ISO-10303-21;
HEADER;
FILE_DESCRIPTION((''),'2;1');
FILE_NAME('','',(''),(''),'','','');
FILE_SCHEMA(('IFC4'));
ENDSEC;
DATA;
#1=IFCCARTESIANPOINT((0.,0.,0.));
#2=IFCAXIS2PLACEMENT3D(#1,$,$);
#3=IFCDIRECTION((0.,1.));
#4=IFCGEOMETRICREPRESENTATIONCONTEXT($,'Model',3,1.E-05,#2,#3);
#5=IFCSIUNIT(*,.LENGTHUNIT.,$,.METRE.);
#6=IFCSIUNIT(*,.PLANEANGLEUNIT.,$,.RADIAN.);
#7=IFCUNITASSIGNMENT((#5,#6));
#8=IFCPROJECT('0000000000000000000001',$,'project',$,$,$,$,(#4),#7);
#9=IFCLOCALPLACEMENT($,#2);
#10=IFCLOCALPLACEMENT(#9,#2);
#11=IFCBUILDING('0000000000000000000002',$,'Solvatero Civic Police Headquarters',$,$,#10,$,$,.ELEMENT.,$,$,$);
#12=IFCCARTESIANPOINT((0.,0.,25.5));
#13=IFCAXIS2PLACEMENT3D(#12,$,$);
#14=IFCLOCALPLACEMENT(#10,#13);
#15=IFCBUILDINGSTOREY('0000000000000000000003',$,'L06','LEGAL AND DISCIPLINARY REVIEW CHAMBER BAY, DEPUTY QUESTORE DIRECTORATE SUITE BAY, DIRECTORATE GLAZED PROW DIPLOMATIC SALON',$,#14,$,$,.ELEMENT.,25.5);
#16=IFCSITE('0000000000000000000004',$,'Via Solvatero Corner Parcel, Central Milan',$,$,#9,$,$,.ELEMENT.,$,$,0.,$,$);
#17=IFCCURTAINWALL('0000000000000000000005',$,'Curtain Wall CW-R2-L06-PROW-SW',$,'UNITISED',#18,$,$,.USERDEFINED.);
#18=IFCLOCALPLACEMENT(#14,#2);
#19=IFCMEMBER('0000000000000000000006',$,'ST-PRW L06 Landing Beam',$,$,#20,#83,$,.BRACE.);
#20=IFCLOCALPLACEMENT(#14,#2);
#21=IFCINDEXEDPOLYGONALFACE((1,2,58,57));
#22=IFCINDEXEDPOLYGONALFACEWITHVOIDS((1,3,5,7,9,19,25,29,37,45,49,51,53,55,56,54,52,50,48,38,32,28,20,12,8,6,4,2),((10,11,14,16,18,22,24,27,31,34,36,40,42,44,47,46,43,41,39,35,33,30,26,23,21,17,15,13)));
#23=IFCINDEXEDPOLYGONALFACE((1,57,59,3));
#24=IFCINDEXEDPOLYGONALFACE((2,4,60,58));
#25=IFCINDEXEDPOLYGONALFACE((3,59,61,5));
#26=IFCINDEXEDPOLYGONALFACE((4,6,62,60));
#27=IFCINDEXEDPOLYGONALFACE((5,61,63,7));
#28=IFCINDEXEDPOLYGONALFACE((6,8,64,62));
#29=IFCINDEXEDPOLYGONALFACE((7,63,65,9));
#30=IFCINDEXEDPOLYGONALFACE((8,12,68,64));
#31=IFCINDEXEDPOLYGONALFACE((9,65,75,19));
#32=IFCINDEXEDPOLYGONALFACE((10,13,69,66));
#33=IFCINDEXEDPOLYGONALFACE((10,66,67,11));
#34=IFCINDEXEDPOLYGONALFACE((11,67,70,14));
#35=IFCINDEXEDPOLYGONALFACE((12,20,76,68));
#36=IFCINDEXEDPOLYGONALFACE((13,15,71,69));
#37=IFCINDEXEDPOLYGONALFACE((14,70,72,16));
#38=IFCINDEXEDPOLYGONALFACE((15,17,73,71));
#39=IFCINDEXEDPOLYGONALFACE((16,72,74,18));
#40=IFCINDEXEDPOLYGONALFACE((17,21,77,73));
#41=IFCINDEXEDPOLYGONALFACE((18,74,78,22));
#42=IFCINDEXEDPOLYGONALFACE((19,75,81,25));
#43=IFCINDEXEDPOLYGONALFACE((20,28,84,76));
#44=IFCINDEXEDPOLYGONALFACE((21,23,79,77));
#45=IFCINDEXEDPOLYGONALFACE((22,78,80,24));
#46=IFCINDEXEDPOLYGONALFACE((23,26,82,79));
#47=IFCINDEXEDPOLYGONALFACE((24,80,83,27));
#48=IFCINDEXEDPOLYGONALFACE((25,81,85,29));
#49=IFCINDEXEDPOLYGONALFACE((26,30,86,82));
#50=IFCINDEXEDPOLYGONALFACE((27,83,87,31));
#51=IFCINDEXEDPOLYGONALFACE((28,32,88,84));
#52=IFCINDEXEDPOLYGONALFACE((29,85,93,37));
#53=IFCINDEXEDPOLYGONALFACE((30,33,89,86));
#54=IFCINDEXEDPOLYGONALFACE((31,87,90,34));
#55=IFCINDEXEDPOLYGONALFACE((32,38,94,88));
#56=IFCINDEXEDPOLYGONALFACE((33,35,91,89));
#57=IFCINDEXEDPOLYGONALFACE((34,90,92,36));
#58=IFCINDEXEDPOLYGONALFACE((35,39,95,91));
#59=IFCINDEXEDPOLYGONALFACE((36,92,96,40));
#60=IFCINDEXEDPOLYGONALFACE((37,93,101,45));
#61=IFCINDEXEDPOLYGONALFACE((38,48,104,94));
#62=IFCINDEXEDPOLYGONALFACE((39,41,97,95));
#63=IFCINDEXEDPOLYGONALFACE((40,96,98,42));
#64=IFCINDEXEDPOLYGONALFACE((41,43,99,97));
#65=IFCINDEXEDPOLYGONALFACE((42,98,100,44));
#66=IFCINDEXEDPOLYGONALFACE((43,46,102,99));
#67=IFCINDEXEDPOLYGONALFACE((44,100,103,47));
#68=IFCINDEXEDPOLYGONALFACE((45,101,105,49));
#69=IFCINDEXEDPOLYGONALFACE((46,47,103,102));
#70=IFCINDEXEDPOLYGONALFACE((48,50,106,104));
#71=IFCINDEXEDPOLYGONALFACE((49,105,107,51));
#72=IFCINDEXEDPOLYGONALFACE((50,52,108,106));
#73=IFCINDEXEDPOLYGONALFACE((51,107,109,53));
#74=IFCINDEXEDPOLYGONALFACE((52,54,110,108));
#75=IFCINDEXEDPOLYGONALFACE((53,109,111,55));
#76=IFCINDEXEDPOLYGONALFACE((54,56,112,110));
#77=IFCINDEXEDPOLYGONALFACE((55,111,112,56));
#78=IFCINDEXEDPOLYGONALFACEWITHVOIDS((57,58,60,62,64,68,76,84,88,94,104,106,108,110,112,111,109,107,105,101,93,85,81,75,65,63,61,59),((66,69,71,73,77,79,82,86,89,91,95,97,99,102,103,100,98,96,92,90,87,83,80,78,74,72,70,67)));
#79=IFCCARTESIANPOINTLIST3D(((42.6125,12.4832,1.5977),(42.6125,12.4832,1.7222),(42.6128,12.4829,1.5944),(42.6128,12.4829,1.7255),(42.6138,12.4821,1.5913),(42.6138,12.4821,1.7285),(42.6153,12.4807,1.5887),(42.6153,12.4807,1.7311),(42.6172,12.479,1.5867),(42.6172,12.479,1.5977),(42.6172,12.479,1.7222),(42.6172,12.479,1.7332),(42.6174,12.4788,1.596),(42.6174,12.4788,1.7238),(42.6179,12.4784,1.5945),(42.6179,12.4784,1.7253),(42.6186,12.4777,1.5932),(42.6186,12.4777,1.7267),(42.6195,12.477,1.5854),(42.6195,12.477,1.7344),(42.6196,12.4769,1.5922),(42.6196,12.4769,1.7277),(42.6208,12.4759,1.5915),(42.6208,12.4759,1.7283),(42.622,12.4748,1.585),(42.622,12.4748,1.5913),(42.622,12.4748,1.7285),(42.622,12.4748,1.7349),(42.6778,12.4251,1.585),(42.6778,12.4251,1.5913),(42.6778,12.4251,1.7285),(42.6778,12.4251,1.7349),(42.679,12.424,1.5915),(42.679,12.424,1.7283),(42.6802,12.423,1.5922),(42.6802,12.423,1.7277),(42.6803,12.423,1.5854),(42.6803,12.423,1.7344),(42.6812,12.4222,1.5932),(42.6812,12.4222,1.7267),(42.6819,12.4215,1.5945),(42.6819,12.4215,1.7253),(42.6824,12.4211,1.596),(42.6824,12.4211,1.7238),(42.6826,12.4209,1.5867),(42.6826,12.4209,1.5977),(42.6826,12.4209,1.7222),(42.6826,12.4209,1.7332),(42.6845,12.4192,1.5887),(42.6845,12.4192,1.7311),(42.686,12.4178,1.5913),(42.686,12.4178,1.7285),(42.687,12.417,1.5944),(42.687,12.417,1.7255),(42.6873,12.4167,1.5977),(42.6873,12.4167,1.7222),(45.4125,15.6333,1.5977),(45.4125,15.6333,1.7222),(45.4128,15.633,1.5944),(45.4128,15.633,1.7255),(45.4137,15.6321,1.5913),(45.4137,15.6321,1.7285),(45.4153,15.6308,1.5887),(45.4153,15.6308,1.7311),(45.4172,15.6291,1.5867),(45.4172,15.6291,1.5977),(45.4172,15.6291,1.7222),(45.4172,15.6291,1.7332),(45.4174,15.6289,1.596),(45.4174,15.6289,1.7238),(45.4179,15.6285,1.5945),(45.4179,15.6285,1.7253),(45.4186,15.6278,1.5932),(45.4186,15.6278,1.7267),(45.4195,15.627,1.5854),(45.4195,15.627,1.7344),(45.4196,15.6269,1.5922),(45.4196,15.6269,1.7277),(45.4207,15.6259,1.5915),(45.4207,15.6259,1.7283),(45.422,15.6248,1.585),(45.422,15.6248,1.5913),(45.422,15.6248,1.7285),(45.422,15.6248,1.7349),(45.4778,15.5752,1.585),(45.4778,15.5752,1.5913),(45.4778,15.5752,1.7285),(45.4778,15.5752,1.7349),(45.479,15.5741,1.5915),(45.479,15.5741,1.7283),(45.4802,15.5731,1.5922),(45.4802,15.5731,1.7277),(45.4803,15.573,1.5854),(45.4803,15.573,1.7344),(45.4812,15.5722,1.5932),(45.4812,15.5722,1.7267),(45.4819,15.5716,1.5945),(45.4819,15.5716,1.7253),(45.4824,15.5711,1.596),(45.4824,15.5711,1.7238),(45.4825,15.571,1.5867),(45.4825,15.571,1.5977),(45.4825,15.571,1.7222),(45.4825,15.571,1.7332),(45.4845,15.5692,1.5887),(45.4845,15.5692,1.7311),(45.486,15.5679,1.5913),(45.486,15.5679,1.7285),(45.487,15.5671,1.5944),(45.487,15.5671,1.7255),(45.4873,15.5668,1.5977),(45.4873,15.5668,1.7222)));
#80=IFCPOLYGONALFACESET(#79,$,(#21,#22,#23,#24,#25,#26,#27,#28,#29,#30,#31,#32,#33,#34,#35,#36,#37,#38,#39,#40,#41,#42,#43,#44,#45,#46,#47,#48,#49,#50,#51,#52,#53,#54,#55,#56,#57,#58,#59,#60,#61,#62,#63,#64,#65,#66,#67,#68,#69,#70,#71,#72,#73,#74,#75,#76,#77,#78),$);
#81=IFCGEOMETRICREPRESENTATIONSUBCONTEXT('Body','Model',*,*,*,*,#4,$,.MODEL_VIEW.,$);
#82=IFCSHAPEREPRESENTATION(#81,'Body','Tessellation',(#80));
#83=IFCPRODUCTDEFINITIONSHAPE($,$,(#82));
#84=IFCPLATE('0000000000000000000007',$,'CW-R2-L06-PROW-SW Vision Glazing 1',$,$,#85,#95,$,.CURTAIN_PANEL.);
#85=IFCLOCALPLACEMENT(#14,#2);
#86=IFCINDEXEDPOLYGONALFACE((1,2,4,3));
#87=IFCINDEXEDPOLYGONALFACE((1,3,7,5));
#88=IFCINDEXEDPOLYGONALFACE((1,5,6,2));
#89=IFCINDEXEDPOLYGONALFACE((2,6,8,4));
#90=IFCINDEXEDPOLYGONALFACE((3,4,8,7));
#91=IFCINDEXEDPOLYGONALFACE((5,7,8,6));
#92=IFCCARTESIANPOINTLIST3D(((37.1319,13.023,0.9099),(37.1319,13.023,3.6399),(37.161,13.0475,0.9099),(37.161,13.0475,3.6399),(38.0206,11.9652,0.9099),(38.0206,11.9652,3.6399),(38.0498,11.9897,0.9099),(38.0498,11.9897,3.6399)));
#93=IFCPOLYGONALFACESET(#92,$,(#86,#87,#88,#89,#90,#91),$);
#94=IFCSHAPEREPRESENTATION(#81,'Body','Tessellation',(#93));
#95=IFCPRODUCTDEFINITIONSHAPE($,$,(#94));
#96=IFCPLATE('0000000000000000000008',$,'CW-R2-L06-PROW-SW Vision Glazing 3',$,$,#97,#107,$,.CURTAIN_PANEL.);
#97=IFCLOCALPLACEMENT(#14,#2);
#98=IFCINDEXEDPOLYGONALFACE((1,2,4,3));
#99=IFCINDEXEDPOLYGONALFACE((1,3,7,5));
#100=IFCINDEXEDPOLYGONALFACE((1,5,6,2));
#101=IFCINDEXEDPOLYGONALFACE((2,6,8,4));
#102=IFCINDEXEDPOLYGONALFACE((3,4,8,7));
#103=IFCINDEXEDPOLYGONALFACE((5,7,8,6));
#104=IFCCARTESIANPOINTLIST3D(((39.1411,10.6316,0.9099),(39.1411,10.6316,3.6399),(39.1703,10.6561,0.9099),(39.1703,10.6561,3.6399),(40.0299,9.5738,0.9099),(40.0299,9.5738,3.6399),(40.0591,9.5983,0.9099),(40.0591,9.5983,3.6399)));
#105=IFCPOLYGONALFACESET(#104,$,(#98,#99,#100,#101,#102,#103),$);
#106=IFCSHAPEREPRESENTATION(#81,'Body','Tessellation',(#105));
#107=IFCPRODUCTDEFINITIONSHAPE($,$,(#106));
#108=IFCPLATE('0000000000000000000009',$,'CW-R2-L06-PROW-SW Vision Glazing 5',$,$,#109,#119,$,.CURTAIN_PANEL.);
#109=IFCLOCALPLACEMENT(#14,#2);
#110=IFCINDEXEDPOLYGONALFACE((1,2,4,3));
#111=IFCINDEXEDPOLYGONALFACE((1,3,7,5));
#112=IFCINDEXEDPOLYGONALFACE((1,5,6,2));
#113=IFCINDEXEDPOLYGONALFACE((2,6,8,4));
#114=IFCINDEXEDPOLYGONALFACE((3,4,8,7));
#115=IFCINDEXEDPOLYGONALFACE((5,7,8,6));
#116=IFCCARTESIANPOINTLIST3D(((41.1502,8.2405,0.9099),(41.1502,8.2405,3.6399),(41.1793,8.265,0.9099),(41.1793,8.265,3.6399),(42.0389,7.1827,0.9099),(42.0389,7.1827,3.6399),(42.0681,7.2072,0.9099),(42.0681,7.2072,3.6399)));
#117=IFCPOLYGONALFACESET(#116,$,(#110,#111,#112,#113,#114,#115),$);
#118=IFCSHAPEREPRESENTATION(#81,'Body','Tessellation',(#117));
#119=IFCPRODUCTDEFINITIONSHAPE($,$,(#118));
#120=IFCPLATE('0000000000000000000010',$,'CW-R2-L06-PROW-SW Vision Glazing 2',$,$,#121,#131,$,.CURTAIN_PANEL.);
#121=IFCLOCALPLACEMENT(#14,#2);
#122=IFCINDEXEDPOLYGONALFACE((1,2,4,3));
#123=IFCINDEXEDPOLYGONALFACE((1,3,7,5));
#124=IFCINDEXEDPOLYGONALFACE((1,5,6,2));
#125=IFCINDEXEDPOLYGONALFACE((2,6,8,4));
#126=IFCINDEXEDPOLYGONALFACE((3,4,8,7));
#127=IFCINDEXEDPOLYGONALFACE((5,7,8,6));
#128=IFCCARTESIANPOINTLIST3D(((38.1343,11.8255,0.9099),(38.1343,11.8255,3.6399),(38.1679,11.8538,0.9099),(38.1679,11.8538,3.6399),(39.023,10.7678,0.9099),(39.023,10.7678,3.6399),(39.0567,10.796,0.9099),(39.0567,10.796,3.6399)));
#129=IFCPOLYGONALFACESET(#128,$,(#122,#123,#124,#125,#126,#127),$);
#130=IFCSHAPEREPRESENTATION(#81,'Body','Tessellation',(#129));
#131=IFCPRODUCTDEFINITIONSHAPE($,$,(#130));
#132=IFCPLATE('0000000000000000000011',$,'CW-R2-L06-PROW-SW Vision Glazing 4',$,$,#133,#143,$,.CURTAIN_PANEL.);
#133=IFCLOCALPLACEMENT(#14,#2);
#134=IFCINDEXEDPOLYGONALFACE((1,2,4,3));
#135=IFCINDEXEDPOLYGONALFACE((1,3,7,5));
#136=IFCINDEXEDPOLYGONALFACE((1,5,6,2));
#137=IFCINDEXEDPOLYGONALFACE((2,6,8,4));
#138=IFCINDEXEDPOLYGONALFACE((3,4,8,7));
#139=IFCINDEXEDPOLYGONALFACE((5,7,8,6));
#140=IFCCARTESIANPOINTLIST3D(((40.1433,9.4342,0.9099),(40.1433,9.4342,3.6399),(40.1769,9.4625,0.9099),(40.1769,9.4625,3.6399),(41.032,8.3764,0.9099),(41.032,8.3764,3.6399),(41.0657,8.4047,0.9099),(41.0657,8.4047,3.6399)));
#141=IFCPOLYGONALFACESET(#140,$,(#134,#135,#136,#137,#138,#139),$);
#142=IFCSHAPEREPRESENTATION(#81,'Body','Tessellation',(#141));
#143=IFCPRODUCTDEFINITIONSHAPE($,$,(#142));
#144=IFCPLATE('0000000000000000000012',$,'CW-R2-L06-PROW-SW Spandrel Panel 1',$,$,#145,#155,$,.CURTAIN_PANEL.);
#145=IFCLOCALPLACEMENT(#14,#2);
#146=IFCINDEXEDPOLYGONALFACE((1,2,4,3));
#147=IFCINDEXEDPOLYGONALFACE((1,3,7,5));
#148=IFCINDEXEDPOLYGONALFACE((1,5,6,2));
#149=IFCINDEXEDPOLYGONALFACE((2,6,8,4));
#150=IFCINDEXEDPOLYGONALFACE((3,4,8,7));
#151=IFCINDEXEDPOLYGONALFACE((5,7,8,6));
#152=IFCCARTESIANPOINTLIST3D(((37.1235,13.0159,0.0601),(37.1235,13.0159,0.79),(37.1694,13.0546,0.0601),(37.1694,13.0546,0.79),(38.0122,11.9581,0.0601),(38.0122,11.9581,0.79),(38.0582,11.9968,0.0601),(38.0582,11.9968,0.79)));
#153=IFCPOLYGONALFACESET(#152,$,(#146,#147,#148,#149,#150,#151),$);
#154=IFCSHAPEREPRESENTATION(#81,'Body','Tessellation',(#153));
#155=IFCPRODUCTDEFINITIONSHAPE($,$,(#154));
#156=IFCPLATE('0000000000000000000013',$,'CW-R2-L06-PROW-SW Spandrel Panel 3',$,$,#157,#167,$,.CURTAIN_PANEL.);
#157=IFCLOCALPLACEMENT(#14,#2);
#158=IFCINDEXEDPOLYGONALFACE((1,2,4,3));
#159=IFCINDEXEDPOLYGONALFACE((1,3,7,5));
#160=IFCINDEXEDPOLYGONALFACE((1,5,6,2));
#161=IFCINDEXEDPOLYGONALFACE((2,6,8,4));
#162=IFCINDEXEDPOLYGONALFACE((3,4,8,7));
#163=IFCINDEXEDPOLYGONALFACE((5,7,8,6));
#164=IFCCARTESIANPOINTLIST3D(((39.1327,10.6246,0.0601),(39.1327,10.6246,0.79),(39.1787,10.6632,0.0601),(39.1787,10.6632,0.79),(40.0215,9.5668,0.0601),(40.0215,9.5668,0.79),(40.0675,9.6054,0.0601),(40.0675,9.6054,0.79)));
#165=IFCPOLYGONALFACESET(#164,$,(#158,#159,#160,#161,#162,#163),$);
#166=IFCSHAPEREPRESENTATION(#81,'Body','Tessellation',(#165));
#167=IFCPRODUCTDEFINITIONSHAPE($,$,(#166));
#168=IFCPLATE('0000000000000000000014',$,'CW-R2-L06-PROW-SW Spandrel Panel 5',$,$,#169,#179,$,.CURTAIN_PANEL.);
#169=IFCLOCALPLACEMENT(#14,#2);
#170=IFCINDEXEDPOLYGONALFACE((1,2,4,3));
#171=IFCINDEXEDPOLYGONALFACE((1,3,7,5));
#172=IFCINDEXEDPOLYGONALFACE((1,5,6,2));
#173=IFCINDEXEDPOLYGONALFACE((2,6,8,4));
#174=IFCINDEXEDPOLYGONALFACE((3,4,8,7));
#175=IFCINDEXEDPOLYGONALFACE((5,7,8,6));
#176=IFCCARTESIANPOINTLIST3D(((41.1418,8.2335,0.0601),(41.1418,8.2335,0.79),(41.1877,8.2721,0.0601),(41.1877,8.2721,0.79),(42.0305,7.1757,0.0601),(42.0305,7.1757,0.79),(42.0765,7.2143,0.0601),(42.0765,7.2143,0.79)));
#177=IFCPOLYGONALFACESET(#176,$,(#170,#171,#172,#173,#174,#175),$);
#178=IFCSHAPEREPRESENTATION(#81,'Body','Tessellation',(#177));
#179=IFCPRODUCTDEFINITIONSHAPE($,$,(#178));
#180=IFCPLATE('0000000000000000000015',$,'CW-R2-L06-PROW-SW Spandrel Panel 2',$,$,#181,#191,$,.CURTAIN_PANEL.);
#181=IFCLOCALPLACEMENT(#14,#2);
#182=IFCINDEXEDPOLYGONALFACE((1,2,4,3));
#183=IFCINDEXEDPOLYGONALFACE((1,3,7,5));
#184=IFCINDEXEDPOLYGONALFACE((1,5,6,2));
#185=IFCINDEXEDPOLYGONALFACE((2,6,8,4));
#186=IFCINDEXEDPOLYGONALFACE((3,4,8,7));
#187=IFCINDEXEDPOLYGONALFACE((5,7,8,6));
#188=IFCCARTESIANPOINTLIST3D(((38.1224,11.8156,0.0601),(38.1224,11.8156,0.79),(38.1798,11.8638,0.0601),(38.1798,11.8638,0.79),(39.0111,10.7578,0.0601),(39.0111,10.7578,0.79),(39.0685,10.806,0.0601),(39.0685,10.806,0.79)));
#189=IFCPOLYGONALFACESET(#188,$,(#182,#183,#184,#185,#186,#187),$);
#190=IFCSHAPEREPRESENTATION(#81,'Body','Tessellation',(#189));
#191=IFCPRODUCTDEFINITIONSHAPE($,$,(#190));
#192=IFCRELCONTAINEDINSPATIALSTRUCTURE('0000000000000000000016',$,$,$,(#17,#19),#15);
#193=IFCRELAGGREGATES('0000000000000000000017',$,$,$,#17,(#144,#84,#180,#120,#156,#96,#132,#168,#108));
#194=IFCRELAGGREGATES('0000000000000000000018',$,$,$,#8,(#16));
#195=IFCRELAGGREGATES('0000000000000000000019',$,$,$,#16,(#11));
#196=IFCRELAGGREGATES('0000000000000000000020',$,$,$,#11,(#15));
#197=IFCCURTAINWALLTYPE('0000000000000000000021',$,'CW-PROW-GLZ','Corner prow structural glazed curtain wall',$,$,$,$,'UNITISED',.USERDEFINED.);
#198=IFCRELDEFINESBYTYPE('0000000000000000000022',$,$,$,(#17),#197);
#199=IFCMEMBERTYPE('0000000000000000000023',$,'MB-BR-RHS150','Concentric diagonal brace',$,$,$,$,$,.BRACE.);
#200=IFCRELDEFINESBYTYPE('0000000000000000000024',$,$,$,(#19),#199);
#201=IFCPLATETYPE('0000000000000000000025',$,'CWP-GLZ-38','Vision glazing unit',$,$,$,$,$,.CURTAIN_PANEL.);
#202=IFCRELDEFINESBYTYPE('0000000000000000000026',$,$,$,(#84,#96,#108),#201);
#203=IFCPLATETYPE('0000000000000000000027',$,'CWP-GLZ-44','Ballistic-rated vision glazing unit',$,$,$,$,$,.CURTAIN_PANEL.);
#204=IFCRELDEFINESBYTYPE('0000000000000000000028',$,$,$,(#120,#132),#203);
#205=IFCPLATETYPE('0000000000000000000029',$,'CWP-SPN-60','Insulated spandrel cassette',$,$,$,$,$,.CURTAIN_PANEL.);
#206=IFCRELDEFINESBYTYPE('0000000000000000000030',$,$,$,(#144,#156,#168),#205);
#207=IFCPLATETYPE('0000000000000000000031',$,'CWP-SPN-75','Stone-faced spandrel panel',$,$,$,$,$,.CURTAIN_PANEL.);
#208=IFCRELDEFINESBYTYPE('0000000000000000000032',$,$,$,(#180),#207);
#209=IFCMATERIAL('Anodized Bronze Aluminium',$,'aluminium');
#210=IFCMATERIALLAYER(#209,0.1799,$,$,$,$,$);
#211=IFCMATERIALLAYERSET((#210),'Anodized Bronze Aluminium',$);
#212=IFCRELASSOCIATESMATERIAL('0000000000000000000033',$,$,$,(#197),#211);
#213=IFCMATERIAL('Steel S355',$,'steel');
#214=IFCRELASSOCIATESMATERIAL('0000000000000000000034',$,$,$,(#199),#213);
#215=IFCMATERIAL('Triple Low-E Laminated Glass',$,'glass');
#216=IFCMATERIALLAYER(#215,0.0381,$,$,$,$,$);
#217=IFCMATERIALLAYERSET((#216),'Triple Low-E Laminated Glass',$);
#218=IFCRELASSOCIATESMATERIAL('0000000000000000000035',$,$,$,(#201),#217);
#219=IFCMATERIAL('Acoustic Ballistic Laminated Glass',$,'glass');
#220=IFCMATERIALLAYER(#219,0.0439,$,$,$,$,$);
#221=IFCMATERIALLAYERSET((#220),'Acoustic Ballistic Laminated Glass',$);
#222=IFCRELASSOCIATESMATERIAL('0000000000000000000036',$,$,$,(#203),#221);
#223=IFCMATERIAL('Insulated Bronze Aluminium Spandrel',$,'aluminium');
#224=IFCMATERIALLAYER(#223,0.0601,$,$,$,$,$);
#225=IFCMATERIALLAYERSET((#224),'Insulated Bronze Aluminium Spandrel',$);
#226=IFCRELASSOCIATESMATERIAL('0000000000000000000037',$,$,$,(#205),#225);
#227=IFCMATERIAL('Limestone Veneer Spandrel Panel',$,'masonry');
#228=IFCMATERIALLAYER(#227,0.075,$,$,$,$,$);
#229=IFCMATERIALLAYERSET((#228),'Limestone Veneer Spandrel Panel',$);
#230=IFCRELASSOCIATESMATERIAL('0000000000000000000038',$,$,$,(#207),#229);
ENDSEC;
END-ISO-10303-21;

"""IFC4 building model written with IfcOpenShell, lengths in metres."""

from ifc_helpers import new_model, si_unit, direction, frame, origin, origin_2d, place, context, subcontext, project, spatial, rectangle, hollow_rectangle, extrude, material, layer, layer_set, material_profile, profile_set, type_object, element, aggregate, save


model = new_model("IFC4")

# Units and contexts
model_context = context("Model", 3, precision=1e-05, world=origin(), true_north=direction((0.0, 1.0)))
body_context = subcontext(model_context, "Body", "Model", "MODEL_VIEW")
ifc_project = project(units=[si_unit("LENGTHUNIT", "METRE"), si_unit("PLANEANGLEUNIT", "RADIAN")], contexts=[model_context])

# Site, building, storey
site_placement = place(None, origin())
site = spatial("IfcSite", under=ifc_project, at=site_placement, Name="Via Solvatero Corner Parcel, Central Milan", CompositionType="ELEMENT", RefElevation=0.0)
building_placement = place(site_placement, origin())
building = spatial("IfcBuilding", under=site, at=building_placement, Name="Solvatero Civic Police Headquarters", CompositionType="ELEMENT")
storey_placement = place(building_placement, frame((0.0, 0.0, 25.5)))
storey = spatial("IfcBuildingStorey", under=building, at=storey_placement, Name="L06", Description="LEGAL AND DISCIPLINARY REVIEW CHAMBER BAY, DEPUTY QUESTORE DIRECTORATE SUITE BAY, DIRECTORATE GLAZED PROW DIPLOMATIC SALON", CompositionType="ELEMENT", Elevation=25.5)

# Shared definitions
ifc_material_1 = material(Name="Steel S355", Category="steel")

# Curtain wall
ifc_material_2 = material(Name="Anodized Bronze Aluminium", Category="aluminium")
ifc_layer_1 = layer(ifc_material_2, 0.1799)
ifc_layer_set_1 = layer_set([ifc_layer_1], Name="Anodized Bronze Aluminium")
curtain_wall_type = type_object("IfcCurtainWallType", Name="CW-PROW-GLZ", Description="Corner prow structural glazed curtain wall", ElementType="UNITISED", PredefinedType="USERDEFINED", material=ifc_layer_set_1)
curtain_wall_placement = place(storey_placement, origin())
curtain_wall = element("IfcCurtainWall", 1, at=curtain_wall_placement, inside=storey, type_object=curtain_wall_type, Name="Curtain Wall CW-R2-L06-PROW-SW", ObjectType="UNITISED", PredefinedType="USERDEFINED")

# Member
ifc_material_profile_1 = material_profile(ifc_material_1, hollow_rectangle(XDim=0.1001, YDim=0.1499, WallThickness=0.0063, InnerFilletRadius=0.0063, OuterFilletRadius=0.0127, at=origin_2d()), Name="RHS 150x100x6.3")
ifc_profile_set_1 = profile_set([ifc_material_profile_1], Name="Steel S355")
member_type_1 = type_object("IfcMemberType", Name="MB-BR-RHS150", Description="Concentric diagonal brace", PredefinedType="BRACE", material=ifc_profile_set_1)
member_1_placement = place(storey_placement, frame((42.6499, 12.45, 1.6599), z_axis=(0.664353, 0.747419, 0.0), x_axis=(-0.747419, 0.664353, 0.0)))
element("IfcMember", 2, at=member_1_placement, inside=storey, type_object=member_type_1, Name="ST-PRW L06 Landing Beam", PredefinedType="BRACE", context=body_context, shape_type="SweptSolid", body=[
    extrude(hollow_rectangle(XDim=0.1001, YDim=0.1499, WallThickness=0.0063, InnerFilletRadius=0.0063, OuterFilletRadius=0.0127, at=origin_2d()), origin(), (0.0, 0.0, 1.0), 4.2146),
])

# Plates
ifc_material_3 = material(Name="Triple Low-E Laminated Glass", Category="glass")
ifc_layer_2 = layer(ifc_material_3, 0.0381)
ifc_layer_set_2 = layer_set([ifc_layer_2], Name="Triple Low-E Laminated Glass")
plate_type_1 = type_object("IfcPlateType", Name="CWP-GLZ-38", Description="Vision glazing unit", PredefinedType="CURTAIN_PANEL", material=ifc_layer_set_2)
plate_1_placement = place(storey_placement, frame((37.5908, 12.5063, 0.9099), z_axis=(0.0, 0.0, 1.0), x_axis=(0.643282, -0.765629, 0.0)))
plate_1 = element("IfcPlate", 3, at=plate_1_placement, type_object=plate_type_1, Name="CW-R2-L06-PROW-SW Vision Glazing 1", PredefinedType="CURTAIN_PANEL", context=body_context, shape_type="SweptSolid", body=[
    extrude(rectangle(XDim=1.3816, YDim=0.0381, at=origin_2d()), origin(), (0.0, 0.0, 1.0), 2.73),
])
plate_2_placement = place(storey_placement, frame((39.6001, 10.115, 0.9099), z_axis=(0.0, 0.0, 1.0), x_axis=(0.643282, -0.765629, 0.0)))
plate_2 = element("IfcPlate", 4, at=plate_2_placement, type_object=plate_type_1, Name="CW-R2-L06-PROW-SW Vision Glazing 3", PredefinedType="CURTAIN_PANEL", context=body_context, shape_type="SweptSolid", body=[
    extrude(rectangle(XDim=1.3816, YDim=0.0381, at=origin_2d()), origin(), (0.0, 0.0, 1.0), 2.73),
])
plate_3_placement = place(storey_placement, frame((41.6091, 7.7239, 0.9099), z_axis=(0.0, 0.0, 1.0), x_axis=(0.643282, -0.765629, 0.0)))
plate_3 = element("IfcPlate", 5, at=plate_3_placement, type_object=plate_type_1, Name="CW-R2-L06-PROW-SW Vision Glazing 5", PredefinedType="CURTAIN_PANEL", context=body_context, shape_type="SweptSolid", body=[
    extrude(rectangle(XDim=1.3816, YDim=0.0381, at=origin_2d()), origin(), (0.0, 0.0, 1.0), 2.73),
])
ifc_material_4 = material(Name="Acoustic Ballistic Laminated Glass", Category="glass")
ifc_layer_3 = layer(ifc_material_4, 0.0439)
ifc_layer_set_3 = layer_set([ifc_layer_3], Name="Acoustic Ballistic Laminated Glass")
plate_type_2 = type_object("IfcPlateType", Name="CWP-GLZ-44", Description="Ballistic-rated vision glazing unit", PredefinedType="CURTAIN_PANEL", material=ifc_layer_set_3)
plate_4_placement = place(storey_placement, frame((38.5955, 11.3108, 0.9099), z_axis=(0.0, 0.0, 1.0), x_axis=(0.643282, -0.765629, 0.0)))
plate_4 = element("IfcPlate", 6, at=plate_4_placement, type_object=plate_type_2, Name="CW-R2-L06-PROW-SW Vision Glazing 2", PredefinedType="CURTAIN_PANEL", context=body_context, shape_type="SweptSolid", body=[
    extrude(rectangle(XDim=1.3816, YDim=0.0439, at=origin_2d()), origin(), (0.0, 0.0, 1.0), 2.73),
])
plate_5_placement = place(storey_placement, frame((40.6045, 8.9194, 0.9099), z_axis=(0.0, 0.0, 1.0), x_axis=(0.643282, -0.765629, 0.0)))
plate_5 = element("IfcPlate", 7, at=plate_5_placement, type_object=plate_type_2, Name="CW-R2-L06-PROW-SW Vision Glazing 4", PredefinedType="CURTAIN_PANEL", context=body_context, shape_type="SweptSolid", body=[
    extrude(rectangle(XDim=1.3816, YDim=0.0439, at=origin_2d()), origin(), (0.0, 0.0, 1.0), 2.73),
])
ifc_material_5 = material(Name="Insulated Bronze Aluminium Spandrel", Category="aluminium")
ifc_layer_4 = layer(ifc_material_5, 0.0601)
ifc_layer_set_4 = layer_set([ifc_layer_4], Name="Insulated Bronze Aluminium Spandrel")
plate_type_3 = type_object("IfcPlateType", Name="CWP-SPN-60", Description="Insulated spandrel cassette", PredefinedType="CURTAIN_PANEL", material=ifc_layer_set_4)
plate_6_placement = place(storey_placement, frame((37.5908, 12.5063, 0.0601), z_axis=(0.0, 0.0, 1.0), x_axis=(0.643282, -0.765629, 0.0)))
plate_6 = element("IfcPlate", 8, at=plate_6_placement, type_object=plate_type_3, Name="CW-R2-L06-PROW-SW Spandrel Panel 1", PredefinedType="CURTAIN_PANEL", context=body_context, shape_type="SweptSolid", body=[
    extrude(rectangle(XDim=1.3816, YDim=0.0601, at=origin_2d()), origin(), (0.0, 0.0, 1.0), 0.73),
])
plate_7_placement = place(storey_placement, frame((39.6001, 10.115, 0.0601), z_axis=(0.0, 0.0, 1.0), x_axis=(0.643282, -0.765629, 0.0)))
plate_7 = element("IfcPlate", 9, at=plate_7_placement, type_object=plate_type_3, Name="CW-R2-L06-PROW-SW Spandrel Panel 3", PredefinedType="CURTAIN_PANEL", context=body_context, shape_type="SweptSolid", body=[
    extrude(rectangle(XDim=1.3816, YDim=0.0601, at=origin_2d()), origin(), (0.0, 0.0, 1.0), 0.73),
])
plate_8_placement = place(storey_placement, frame((41.6091, 7.7239, 0.0601), z_axis=(0.0, 0.0, 1.0), x_axis=(0.643282, -0.765629, 0.0)))
plate_8 = element("IfcPlate", 10, at=plate_8_placement, type_object=plate_type_3, Name="CW-R2-L06-PROW-SW Spandrel Panel 5", PredefinedType="CURTAIN_PANEL", context=body_context, shape_type="SweptSolid", body=[
    extrude(rectangle(XDim=1.3816, YDim=0.0601, at=origin_2d()), origin(), (0.0, 0.0, 1.0), 0.73),
])
ifc_material_6 = material(Name="Limestone Veneer Spandrel Panel", Category="masonry")
ifc_layer_5 = layer(ifc_material_6, 0.075)
ifc_layer_set_5 = layer_set([ifc_layer_5], Name="Limestone Veneer Spandrel Panel")
plate_type_4 = type_object("IfcPlateType", Name="CWP-SPN-75", Description="Stone-faced spandrel panel", PredefinedType="CURTAIN_PANEL", material=ifc_layer_set_5)
plate_9_placement = place(storey_placement, frame((38.5955, 11.3108, 0.0601), z_axis=(0.0, 0.0, 1.0), x_axis=(0.643282, -0.765629, 0.0)))
plate_9 = element("IfcPlate", 11, at=plate_9_placement, type_object=plate_type_4, Name="CW-R2-L06-PROW-SW Spandrel Panel 2", PredefinedType="CURTAIN_PANEL", context=body_context, shape_type="SweptSolid", body=[
    extrude(rectangle(XDim=1.3816, YDim=0.075, at=origin_2d()), origin(), (0.0, 0.0, 1.0), 0.73),
])
aggregate(curtain_wall, [plate_6, plate_1, plate_9, plate_4, plate_7, plate_2, plate_5, plate_8, plate_3])

save(model, "model.ifc")
